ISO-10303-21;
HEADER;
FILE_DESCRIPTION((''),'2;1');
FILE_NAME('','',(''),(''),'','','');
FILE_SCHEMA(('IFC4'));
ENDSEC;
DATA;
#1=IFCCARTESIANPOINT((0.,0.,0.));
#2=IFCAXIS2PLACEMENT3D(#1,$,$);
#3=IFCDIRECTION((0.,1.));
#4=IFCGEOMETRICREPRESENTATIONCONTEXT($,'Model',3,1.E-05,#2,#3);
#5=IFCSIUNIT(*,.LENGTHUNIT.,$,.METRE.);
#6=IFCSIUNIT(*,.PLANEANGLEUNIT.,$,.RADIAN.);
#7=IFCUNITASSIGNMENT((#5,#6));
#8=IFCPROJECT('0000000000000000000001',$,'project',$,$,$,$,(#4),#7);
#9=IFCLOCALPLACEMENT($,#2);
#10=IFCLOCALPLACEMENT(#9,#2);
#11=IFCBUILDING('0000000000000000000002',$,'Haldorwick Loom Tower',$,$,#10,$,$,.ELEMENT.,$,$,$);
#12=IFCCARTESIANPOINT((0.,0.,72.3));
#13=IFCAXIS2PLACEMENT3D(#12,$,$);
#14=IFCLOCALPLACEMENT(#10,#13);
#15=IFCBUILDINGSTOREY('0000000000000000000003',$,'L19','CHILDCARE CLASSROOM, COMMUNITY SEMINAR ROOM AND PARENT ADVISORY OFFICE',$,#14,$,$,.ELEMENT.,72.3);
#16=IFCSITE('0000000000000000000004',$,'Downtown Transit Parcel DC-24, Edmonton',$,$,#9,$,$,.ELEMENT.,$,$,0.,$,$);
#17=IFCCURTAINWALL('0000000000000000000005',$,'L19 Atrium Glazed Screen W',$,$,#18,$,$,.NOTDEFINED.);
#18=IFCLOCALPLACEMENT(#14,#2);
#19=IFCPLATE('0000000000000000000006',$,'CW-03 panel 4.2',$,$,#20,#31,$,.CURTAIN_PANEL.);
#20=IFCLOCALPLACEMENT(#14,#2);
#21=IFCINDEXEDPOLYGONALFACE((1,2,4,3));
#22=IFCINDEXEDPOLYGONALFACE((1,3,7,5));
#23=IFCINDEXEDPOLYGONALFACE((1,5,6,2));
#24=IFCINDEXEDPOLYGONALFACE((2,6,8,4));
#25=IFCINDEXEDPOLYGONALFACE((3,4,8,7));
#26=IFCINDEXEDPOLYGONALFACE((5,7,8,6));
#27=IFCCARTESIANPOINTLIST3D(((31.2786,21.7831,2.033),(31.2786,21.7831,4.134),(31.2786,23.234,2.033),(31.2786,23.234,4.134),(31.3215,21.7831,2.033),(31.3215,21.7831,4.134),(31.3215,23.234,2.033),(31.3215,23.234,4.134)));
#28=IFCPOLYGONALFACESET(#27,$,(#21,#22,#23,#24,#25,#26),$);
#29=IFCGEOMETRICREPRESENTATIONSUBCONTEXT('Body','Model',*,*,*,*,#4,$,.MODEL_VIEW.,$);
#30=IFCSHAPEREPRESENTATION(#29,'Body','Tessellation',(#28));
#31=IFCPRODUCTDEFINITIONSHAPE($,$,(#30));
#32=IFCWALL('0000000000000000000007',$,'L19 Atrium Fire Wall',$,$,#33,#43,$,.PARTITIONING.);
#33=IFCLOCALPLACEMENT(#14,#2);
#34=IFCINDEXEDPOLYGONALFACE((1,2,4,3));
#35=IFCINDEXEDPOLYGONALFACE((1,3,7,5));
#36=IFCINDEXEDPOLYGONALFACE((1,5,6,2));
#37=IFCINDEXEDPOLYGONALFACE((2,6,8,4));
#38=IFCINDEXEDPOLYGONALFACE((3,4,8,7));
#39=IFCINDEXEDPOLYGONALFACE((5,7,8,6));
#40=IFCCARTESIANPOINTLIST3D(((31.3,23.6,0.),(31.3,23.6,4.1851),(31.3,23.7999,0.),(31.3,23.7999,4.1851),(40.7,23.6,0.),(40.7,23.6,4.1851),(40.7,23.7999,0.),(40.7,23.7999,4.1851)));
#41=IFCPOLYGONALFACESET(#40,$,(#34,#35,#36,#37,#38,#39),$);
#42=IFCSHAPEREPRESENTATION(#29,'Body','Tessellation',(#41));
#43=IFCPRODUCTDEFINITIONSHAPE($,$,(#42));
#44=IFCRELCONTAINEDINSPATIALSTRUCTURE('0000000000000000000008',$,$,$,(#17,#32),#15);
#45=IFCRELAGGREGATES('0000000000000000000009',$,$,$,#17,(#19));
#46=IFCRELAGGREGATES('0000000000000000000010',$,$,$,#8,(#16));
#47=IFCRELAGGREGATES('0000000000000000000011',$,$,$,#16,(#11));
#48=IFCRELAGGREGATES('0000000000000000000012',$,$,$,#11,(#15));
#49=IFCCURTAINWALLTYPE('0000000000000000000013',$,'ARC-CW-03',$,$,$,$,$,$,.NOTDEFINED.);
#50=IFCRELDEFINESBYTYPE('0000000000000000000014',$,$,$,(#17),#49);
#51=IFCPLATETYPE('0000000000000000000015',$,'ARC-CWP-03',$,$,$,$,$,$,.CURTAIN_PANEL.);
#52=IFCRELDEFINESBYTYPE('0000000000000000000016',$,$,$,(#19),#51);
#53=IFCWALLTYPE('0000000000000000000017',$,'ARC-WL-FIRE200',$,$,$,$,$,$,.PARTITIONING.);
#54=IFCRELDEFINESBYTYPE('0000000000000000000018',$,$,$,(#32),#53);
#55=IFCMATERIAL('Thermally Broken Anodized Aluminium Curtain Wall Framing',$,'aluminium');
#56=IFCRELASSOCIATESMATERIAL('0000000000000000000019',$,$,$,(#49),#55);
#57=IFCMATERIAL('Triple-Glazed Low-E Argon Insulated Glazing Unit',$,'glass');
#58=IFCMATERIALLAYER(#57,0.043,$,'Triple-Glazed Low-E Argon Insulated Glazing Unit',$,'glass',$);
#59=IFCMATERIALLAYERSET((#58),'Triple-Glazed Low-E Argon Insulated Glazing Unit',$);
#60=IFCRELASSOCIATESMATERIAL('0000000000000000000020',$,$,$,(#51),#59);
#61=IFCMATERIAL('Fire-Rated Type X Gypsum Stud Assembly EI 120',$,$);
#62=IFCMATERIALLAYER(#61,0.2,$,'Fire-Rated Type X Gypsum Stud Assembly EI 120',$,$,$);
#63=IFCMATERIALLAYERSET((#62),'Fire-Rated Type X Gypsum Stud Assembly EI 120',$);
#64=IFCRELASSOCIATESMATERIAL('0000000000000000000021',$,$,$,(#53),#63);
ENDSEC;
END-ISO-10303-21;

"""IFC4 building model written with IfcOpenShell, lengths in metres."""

from ifc_helpers import new_model, si_unit, direction, frame, frame_2d, origin, origin_2d, place, context, subcontext, project, spatial, rectangle, extrude, material, layer, layer_set, type_object, element, aggregate, save


model = new_model("IFC4")

# Units and contexts
model_context = context("Model", 3, precision=1e-05, world=origin(), true_north=direction((0.0, 1.0)))
body_context = subcontext(model_context, "Body", "Model", "MODEL_VIEW")
ifc_project = project(units=[si_unit("LENGTHUNIT", "METRE"), si_unit("PLANEANGLEUNIT", "RADIAN")], contexts=[model_context])

# Site, building, storey
site_placement = place(None, origin())
site = spatial("IfcSite", under=ifc_project, at=site_placement, Name="Downtown Transit Parcel DC-24, Edmonton", CompositionType="ELEMENT", RefElevation=0.0)
building_placement = place(site_placement, origin())
building = spatial("IfcBuilding", under=site, at=building_placement, Name="Haldorwick Loom Tower", CompositionType="ELEMENT")
storey_placement = place(building_placement, frame((0.0, 0.0, 72.3)))
storey = spatial("IfcBuildingStorey", under=building, at=storey_placement, Name="L19", Description="CHILDCARE CLASSROOM, COMMUNITY SEMINAR ROOM AND PARENT ADVISORY OFFICE", CompositionType="ELEMENT", Elevation=72.3)

# Curtain wall
ifc_material_1 = material(Name="Thermally Broken Anodized Aluminium Curtain Wall Framing", Category="aluminium")
curtain_wall_type = type_object("IfcCurtainWallType", Name="ARC-CW-03", PredefinedType="NOTDEFINED", material=ifc_material_1)
curtain_wall_1_placement = place(storey_placement, origin())
curtain_wall_1 = element("IfcCurtainWall", 1, at=curtain_wall_1_placement, inside=storey, type_object=curtain_wall_type, Name="L19 Atrium Glazed Screen W", PredefinedType="NOTDEFINED")

# Plate
ifc_material_2 = material(Name="Triple-Glazed Low-E Argon Insulated Glazing Unit", Category="glass")
ifc_layer_1 = layer(ifc_material_2, 0.043, Name="Triple-Glazed Low-E Argon Insulated Glazing Unit", Category="glass")
ifc_layer_set_1 = layer_set([ifc_layer_1], Name="Triple-Glazed Low-E Argon Insulated Glazing Unit")
plate_type = type_object("IfcPlateType", Name="ARC-CWP-03", PredefinedType="CURTAIN_PANEL", material=ifc_layer_set_1)
plate_1_placement = place(storey_placement, frame((31.3, 22.5085, 2.033), z_axis=(0.0, 0.0, 1.0), x_axis=(0.0, 1.0, 0.0)))
plate_1 = element("IfcPlate", 2, at=plate_1_placement, type_object=plate_type, Name="CW-03 panel 4.2", PredefinedType="CURTAIN_PANEL", context=body_context, shape_type="SweptSolid", body=[
    extrude(rectangle(XDim=1.4509, YDim=0.043, at=origin_2d()), origin(), (0.0, 0.0, 1.0), 2.1011),
])
aggregate(curtain_wall_1, [plate_1])

# Wall
ifc_material_3 = material(Name="Fire-Rated Type X Gypsum Stud Assembly EI 120")
ifc_layer_2 = layer(ifc_material_3, 0.2, Name="Fire-Rated Type X Gypsum Stud Assembly EI 120")
ifc_layer_set_2 = layer_set([ifc_layer_2], Name="Fire-Rated Type X Gypsum Stud Assembly EI 120")
wall_type = type_object("IfcWallType", Name="ARC-WL-FIRE200", PredefinedType="PARTITIONING", material=ifc_layer_set_2)
wall_placement = place(storey_placement, frame((31.3, 23.7, 0.0), z_axis=(0.0, 0.0, 1.0), x_axis=(1.0, 0.0, 0.0)))
element("IfcWall", 3, at=wall_placement, inside=storey, type_object=wall_type, Name="L19 Atrium Fire Wall", PredefinedType="PARTITIONING", context=body_context, shape_type="SweptSolid", body=[
    extrude(rectangle(XDim=9.3999, YDim=0.2, at=frame_2d((4.7, 0.0))), origin(), (0.0, 0.0, 1.0), 4.1851),
])

save(model, "model.ifc")
